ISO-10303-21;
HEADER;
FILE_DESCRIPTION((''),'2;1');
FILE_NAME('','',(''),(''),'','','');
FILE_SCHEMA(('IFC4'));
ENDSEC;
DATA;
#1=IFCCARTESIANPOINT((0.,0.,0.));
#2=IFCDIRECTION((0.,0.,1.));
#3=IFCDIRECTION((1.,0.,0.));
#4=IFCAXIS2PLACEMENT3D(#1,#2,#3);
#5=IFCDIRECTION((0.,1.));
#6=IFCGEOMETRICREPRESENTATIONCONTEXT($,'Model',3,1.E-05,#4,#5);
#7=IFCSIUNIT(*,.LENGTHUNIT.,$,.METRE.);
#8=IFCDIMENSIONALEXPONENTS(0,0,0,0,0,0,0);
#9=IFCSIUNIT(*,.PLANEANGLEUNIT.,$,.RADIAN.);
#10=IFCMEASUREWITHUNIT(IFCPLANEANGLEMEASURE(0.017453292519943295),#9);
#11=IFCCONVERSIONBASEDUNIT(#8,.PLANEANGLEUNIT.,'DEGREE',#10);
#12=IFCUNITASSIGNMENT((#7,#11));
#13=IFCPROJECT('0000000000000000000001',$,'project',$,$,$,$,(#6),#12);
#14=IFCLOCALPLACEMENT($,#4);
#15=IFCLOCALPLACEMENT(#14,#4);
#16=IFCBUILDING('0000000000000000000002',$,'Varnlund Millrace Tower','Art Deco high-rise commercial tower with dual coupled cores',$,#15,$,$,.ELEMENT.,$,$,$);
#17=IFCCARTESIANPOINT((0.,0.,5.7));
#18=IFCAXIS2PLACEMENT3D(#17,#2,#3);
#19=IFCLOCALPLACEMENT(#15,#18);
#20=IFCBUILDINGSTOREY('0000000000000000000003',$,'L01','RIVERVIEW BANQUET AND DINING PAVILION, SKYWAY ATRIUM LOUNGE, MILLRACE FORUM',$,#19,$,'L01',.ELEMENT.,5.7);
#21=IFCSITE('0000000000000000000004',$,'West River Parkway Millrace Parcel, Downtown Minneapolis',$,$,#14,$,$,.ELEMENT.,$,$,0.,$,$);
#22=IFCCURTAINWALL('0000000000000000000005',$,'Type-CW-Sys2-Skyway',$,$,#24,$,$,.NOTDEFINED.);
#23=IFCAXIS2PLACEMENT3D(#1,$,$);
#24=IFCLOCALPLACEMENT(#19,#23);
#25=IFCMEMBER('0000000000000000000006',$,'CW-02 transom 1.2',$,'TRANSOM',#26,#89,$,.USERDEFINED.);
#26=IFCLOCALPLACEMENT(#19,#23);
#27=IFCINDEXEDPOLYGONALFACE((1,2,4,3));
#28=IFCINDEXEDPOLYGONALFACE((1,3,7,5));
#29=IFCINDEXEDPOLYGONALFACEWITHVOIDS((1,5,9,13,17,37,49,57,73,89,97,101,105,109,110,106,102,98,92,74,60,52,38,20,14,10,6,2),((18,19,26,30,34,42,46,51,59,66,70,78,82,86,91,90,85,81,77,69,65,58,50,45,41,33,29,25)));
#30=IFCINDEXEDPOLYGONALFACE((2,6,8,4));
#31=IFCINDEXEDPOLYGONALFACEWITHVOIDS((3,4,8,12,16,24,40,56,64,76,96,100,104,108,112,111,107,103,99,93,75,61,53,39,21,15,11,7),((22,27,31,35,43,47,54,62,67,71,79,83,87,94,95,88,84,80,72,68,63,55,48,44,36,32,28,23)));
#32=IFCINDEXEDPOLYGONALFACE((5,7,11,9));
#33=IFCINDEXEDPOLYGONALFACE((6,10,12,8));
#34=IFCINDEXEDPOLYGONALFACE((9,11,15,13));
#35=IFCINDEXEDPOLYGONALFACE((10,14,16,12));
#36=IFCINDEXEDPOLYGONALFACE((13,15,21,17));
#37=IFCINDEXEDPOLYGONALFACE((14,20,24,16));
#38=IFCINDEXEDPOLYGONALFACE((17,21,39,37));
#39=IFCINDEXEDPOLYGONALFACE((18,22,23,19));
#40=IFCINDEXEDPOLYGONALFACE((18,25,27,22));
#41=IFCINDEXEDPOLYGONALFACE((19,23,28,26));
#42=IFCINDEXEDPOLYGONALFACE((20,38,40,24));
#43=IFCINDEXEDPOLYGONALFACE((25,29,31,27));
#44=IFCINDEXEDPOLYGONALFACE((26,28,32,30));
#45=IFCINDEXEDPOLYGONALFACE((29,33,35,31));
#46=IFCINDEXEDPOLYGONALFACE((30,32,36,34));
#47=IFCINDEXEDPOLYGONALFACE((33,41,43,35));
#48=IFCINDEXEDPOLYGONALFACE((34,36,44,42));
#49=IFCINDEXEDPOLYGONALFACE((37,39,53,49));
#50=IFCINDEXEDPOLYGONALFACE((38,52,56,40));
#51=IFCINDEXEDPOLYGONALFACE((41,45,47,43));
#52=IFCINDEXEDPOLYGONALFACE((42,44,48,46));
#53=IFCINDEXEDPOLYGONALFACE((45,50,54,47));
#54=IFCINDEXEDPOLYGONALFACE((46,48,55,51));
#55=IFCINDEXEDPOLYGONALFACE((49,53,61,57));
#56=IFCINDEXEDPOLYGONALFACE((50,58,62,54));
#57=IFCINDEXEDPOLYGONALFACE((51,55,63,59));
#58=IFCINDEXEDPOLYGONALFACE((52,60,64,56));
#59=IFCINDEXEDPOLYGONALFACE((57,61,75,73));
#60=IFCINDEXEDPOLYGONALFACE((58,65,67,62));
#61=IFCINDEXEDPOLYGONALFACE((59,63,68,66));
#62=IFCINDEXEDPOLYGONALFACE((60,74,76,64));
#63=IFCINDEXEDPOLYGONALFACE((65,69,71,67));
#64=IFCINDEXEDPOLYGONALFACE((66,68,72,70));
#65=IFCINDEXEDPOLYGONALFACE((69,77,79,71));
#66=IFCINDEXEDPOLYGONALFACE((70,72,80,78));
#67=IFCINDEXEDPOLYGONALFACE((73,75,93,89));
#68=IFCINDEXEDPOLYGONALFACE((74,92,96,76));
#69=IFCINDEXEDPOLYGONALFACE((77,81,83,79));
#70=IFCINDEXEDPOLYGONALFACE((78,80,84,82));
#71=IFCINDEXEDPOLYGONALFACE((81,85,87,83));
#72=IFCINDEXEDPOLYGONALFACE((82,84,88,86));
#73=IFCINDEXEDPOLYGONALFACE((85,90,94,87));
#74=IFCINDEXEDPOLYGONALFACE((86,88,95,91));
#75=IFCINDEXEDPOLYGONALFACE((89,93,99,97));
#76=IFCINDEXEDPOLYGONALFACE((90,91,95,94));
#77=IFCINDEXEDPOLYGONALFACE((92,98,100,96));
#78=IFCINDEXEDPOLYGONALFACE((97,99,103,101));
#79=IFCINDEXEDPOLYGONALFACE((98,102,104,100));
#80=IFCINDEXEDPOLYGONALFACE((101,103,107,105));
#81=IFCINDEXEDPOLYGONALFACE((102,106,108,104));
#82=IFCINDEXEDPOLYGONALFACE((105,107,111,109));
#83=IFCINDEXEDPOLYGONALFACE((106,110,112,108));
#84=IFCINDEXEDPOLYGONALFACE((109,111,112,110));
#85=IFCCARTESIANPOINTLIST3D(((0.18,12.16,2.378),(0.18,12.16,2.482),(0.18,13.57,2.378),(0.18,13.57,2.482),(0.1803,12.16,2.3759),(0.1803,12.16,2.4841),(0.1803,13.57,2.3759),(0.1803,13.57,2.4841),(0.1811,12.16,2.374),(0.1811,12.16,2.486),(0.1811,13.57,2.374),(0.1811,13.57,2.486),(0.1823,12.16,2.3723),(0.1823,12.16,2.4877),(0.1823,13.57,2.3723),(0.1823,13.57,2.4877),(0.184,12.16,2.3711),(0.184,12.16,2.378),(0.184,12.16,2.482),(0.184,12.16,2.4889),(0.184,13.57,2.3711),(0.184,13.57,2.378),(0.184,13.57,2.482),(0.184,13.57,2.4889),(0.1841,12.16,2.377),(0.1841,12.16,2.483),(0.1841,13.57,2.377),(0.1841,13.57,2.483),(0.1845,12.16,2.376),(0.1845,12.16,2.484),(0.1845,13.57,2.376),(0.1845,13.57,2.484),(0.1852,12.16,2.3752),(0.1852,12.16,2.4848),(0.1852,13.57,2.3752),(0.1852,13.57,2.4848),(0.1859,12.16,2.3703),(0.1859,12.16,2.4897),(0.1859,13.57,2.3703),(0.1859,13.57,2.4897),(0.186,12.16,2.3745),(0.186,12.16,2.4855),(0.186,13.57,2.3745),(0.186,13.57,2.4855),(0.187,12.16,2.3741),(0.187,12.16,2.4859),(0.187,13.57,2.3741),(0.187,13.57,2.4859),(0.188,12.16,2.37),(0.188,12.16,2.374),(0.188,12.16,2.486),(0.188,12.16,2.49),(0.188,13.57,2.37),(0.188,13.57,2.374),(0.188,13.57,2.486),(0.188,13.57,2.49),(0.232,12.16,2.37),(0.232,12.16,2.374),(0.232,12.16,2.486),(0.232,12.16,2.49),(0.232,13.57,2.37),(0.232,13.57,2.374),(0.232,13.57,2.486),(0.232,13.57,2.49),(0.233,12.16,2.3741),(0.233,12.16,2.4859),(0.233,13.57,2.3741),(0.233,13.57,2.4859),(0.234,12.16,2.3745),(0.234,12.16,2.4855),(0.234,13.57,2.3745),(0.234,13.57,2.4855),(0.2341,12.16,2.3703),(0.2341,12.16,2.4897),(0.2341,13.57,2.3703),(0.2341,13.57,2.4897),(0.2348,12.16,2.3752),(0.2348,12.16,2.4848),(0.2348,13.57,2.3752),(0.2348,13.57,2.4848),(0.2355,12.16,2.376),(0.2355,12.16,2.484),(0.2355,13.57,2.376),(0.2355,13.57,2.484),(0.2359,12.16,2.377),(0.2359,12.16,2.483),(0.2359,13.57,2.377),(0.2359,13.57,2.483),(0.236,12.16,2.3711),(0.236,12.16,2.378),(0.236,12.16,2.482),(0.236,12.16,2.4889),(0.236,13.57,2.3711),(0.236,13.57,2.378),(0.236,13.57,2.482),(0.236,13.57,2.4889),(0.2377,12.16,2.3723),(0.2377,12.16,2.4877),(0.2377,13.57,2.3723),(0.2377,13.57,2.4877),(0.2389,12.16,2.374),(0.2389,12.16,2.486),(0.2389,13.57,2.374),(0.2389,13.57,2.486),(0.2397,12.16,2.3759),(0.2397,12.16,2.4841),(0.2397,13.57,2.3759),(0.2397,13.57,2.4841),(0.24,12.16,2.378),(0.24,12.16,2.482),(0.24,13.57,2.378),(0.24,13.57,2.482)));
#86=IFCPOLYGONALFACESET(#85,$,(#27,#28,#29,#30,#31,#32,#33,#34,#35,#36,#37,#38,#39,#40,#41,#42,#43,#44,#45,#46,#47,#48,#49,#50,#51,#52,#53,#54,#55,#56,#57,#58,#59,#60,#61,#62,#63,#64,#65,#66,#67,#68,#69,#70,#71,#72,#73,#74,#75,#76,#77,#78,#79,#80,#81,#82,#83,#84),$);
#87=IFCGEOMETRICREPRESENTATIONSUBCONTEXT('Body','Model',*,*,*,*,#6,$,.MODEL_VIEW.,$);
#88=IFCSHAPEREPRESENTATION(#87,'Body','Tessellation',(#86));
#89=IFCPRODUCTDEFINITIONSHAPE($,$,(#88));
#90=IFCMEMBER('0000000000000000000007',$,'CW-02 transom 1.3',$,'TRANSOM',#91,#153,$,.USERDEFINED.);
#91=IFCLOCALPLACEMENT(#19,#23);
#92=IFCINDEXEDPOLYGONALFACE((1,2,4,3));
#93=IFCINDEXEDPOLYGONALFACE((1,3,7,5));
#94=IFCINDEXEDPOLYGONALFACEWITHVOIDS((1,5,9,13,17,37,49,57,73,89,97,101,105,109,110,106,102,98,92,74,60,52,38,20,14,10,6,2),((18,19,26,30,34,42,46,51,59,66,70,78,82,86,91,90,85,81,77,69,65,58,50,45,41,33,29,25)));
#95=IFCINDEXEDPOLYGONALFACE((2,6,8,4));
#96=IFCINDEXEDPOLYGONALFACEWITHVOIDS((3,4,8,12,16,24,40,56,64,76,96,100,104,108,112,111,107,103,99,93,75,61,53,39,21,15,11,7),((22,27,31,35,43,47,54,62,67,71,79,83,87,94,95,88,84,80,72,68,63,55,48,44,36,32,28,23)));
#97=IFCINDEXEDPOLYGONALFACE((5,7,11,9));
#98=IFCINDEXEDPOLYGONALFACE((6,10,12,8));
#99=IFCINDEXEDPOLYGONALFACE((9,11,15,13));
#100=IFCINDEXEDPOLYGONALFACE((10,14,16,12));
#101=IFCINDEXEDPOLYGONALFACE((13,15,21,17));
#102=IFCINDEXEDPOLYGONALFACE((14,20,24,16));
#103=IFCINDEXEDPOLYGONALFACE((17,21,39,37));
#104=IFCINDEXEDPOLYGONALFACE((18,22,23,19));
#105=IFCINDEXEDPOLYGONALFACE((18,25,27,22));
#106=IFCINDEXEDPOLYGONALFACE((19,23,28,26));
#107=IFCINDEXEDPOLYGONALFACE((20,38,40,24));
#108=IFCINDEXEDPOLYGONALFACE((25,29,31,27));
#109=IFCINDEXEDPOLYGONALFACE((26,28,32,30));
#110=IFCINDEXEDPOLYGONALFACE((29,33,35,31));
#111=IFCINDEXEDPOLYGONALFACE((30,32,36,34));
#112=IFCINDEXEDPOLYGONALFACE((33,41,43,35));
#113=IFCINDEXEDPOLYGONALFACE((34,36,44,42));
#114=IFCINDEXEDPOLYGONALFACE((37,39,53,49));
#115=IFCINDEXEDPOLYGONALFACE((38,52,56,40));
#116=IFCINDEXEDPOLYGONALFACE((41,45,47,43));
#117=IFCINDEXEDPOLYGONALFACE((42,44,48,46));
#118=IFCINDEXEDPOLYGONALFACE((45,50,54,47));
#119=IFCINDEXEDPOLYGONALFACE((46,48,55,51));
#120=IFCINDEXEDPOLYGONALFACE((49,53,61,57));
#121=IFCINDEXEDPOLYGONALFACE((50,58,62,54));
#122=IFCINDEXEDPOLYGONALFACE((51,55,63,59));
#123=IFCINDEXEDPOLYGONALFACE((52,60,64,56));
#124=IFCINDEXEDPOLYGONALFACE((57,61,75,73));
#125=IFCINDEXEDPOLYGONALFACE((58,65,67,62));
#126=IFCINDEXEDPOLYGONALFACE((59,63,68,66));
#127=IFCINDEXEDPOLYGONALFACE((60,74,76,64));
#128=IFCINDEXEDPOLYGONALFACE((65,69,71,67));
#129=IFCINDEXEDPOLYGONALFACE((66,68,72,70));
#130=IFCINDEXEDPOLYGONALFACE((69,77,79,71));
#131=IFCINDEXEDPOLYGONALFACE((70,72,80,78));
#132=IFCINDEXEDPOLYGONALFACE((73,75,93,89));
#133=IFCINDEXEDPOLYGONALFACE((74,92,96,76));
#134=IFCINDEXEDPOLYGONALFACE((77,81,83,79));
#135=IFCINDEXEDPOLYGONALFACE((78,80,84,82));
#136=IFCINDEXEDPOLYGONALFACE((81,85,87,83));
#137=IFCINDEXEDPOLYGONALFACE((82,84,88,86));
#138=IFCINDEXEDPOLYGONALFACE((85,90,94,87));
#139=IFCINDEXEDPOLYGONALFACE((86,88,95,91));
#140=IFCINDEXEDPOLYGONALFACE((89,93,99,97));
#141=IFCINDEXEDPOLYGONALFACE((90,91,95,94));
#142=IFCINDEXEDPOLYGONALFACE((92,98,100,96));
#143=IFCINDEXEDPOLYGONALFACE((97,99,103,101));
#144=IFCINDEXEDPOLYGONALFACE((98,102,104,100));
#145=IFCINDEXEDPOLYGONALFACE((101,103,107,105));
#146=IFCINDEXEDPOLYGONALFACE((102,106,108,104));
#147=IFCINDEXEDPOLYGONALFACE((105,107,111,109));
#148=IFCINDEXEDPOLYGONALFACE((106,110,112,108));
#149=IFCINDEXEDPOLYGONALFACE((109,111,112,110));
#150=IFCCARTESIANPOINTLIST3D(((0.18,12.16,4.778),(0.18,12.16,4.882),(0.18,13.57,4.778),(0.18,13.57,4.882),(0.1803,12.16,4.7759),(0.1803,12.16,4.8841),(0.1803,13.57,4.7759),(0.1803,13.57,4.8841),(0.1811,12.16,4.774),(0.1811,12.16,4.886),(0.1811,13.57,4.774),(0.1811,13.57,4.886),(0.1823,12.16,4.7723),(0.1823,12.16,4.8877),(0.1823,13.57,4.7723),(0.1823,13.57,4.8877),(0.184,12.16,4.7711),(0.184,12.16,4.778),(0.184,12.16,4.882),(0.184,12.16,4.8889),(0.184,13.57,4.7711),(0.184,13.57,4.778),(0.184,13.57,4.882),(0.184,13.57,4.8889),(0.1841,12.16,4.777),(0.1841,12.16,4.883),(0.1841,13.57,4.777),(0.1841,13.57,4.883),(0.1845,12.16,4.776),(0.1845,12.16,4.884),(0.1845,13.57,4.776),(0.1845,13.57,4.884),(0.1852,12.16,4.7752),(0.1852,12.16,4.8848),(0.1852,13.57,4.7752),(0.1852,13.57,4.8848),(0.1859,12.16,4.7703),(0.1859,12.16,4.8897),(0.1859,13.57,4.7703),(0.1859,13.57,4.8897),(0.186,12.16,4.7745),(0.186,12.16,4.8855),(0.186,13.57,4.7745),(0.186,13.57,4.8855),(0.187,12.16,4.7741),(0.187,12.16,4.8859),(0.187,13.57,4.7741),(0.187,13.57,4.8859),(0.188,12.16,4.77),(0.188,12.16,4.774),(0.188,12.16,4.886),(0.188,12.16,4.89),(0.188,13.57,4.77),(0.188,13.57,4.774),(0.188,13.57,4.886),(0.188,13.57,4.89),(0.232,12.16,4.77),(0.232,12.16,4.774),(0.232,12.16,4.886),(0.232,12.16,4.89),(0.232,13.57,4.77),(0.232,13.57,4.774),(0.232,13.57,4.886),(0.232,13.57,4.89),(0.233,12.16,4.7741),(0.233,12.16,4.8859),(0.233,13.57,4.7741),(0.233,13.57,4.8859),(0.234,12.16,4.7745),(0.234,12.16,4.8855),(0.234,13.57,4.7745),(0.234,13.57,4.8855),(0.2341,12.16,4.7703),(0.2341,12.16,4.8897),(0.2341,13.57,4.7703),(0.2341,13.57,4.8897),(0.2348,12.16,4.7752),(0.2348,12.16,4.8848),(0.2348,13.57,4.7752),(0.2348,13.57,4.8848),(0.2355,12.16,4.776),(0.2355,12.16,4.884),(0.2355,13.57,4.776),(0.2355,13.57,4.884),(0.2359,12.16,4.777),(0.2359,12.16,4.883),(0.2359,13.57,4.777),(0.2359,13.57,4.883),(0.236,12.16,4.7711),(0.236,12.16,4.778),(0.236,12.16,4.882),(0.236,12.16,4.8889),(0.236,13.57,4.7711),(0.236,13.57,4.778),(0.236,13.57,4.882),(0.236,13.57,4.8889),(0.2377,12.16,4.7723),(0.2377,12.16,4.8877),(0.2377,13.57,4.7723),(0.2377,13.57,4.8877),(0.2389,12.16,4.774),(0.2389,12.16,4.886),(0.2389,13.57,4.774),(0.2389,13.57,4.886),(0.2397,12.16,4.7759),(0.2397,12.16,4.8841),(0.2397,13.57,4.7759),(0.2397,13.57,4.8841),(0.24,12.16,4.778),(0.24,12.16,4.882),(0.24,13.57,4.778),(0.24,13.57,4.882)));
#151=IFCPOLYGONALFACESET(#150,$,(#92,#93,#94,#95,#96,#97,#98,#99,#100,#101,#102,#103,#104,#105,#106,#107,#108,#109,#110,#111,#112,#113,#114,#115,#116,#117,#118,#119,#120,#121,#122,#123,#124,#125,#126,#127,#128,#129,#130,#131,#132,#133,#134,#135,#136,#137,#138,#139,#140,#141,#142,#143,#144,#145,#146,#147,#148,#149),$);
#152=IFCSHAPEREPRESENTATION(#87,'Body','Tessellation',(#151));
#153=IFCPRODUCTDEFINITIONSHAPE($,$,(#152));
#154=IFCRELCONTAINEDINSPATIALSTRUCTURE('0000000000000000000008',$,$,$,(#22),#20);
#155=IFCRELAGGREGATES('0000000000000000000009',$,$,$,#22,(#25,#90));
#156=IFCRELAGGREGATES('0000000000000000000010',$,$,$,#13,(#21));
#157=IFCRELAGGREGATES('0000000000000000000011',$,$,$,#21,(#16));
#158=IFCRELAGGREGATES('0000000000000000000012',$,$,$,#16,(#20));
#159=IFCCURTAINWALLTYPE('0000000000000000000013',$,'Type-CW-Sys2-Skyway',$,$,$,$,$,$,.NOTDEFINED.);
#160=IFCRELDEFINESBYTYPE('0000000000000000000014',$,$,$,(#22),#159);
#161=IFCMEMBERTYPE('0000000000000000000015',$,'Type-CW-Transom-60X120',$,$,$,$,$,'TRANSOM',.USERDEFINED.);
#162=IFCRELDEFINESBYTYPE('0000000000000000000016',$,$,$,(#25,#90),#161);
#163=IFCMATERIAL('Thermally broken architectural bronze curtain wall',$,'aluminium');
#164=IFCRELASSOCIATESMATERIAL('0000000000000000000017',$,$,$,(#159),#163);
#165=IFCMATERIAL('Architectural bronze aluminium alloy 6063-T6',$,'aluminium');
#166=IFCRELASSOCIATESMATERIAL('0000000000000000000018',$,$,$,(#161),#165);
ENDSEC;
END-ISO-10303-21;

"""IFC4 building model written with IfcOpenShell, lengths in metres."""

from ifc_helpers import new_model, entity, si_unit, converted_unit, direction, frame, origin_with_axes, origin_2d_with_axis, place, context, subcontext, project, spatial, hollow_rectangle, extrude, material, material_profile, profile_set, type_object, element, aggregate, save


model = new_model("IFC4")

# Units and contexts
model_context = context("Model", 3, precision=1e-05, world=origin_with_axes(), true_north=direction((0.0, 1.0)))
body_context = subcontext(model_context, "Body", "Model", "MODEL_VIEW")
ifc_project = project(units=[si_unit("LENGTHUNIT", "METRE"), converted_unit("PLANEANGLEUNIT", "DEGREE", entity("IfcPlaneAngleMeasure", 0.017453292519943295), si_unit("PLANEANGLEUNIT", "RADIAN"), dimensions=[0, 0, 0, 0, 0, 0, 0])], contexts=[model_context])

# Site, building, storey
site_placement = place(None, origin_with_axes())
site = spatial("IfcSite", under=ifc_project, at=site_placement, Name="West River Parkway Millrace Parcel, Downtown Minneapolis", CompositionType="ELEMENT", RefElevation=0.0)
building_placement = place(site_placement, origin_with_axes())
building = spatial("IfcBuilding", under=site, at=building_placement, Name="Varnlund Millrace Tower", Description="Art Deco high-rise commercial tower with dual coupled cores", CompositionType="ELEMENT")
storey_placement = place(building_placement, frame((0.0, 0.0, 5.7), z_axis=(0.0, 0.0, 1.0), x_axis=(1.0, 0.0, 0.0)))
storey = spatial("IfcBuildingStorey", under=building, at=storey_placement, Name="L01", Description="RIVERVIEW BANQUET AND DINING PAVILION, SKYWAY ATRIUM LOUNGE, MILLRACE FORUM", LongName="L01", CompositionType="ELEMENT", Elevation=5.7)

# Curtain wall, members
ifc_material_1 = material(Name="Thermally broken architectural bronze curtain wall", Category="aluminium")
curtain_wall_type = type_object("IfcCurtainWallType", Name="Type-CW-Sys2-Skyway", PredefinedType="NOTDEFINED", material=ifc_material_1)
curtain_wall_placement = place(storey_placement, frame((0.21, 12.1, 0.0), z_axis=(0.0, 0.0, 1.0), x_axis=(1.0, 0.0, 0.0)))
curtain_wall = element("IfcCurtainWall", 1, at=curtain_wall_placement, inside=storey, type_object=curtain_wall_type, Name="Type-CW-Sys2-Skyway", PredefinedType="NOTDEFINED")
ifc_material_2 = material(Name="Architectural bronze aluminium alloy 6063-T6", Category="aluminium")
ifc_material_profile_1 = material_profile(ifc_material_2, hollow_rectangle(XDim=0.06, YDim=0.12, WallThickness=0.004, InnerFilletRadius=0.004, OuterFilletRadius=0.008, at=origin_2d_with_axis()), Name="Architectural bronze aluminium alloy 6063-T6")
ifc_profile_set_1 = profile_set([ifc_material_profile_1], Name="Architectural bronze aluminium alloy 6063-T6")
member_type_1 = type_object("IfcMemberType", Name="Type-CW-Transom-60X120", ElementType="TRANSOM", PredefinedType="USERDEFINED", material=ifc_profile_set_1)
member_1_placement = place(storey_placement, frame((0.21, 12.16, 2.43), z_axis=(0.0, 1.0, 0.0), x_axis=(-1.0, 0.0, 0.0)))
member_1 = element("IfcMember", 2, at=member_1_placement, type_object=member_type_1, Name="CW-02 transom 1.2", ObjectType="TRANSOM", PredefinedType="USERDEFINED", context=body_context, shape_type="SweptSolid", body=[
    extrude(hollow_rectangle(XDim=0.06, YDim=0.12, WallThickness=0.004, InnerFilletRadius=0.004, OuterFilletRadius=0.008, at=origin_2d_with_axis()), origin_with_axes(), (0.0, 0.0, 1.0), 1.41),
])
member_2_placement = place(storey_placement, frame((0.21, 12.16, 4.83), z_axis=(0.0, 1.0, 0.0), x_axis=(-1.0, 0.0, 0.0)))
member_2 = element("IfcMember", 3, at=member_2_placement, type_object=member_type_1, Name="CW-02 transom 1.3", ObjectType="TRANSOM", PredefinedType="USERDEFINED", context=body_context, shape_type="SweptSolid", body=[
    extrude(hollow_rectangle(XDim=0.06, YDim=0.12, WallThickness=0.004, InnerFilletRadius=0.004, OuterFilletRadius=0.008, at=origin_2d_with_axis()), origin_with_axes(), (0.0, 0.0, 1.0), 1.41),
])
aggregate(curtain_wall, [member_1, member_2])

save(model, "model.ifc")
